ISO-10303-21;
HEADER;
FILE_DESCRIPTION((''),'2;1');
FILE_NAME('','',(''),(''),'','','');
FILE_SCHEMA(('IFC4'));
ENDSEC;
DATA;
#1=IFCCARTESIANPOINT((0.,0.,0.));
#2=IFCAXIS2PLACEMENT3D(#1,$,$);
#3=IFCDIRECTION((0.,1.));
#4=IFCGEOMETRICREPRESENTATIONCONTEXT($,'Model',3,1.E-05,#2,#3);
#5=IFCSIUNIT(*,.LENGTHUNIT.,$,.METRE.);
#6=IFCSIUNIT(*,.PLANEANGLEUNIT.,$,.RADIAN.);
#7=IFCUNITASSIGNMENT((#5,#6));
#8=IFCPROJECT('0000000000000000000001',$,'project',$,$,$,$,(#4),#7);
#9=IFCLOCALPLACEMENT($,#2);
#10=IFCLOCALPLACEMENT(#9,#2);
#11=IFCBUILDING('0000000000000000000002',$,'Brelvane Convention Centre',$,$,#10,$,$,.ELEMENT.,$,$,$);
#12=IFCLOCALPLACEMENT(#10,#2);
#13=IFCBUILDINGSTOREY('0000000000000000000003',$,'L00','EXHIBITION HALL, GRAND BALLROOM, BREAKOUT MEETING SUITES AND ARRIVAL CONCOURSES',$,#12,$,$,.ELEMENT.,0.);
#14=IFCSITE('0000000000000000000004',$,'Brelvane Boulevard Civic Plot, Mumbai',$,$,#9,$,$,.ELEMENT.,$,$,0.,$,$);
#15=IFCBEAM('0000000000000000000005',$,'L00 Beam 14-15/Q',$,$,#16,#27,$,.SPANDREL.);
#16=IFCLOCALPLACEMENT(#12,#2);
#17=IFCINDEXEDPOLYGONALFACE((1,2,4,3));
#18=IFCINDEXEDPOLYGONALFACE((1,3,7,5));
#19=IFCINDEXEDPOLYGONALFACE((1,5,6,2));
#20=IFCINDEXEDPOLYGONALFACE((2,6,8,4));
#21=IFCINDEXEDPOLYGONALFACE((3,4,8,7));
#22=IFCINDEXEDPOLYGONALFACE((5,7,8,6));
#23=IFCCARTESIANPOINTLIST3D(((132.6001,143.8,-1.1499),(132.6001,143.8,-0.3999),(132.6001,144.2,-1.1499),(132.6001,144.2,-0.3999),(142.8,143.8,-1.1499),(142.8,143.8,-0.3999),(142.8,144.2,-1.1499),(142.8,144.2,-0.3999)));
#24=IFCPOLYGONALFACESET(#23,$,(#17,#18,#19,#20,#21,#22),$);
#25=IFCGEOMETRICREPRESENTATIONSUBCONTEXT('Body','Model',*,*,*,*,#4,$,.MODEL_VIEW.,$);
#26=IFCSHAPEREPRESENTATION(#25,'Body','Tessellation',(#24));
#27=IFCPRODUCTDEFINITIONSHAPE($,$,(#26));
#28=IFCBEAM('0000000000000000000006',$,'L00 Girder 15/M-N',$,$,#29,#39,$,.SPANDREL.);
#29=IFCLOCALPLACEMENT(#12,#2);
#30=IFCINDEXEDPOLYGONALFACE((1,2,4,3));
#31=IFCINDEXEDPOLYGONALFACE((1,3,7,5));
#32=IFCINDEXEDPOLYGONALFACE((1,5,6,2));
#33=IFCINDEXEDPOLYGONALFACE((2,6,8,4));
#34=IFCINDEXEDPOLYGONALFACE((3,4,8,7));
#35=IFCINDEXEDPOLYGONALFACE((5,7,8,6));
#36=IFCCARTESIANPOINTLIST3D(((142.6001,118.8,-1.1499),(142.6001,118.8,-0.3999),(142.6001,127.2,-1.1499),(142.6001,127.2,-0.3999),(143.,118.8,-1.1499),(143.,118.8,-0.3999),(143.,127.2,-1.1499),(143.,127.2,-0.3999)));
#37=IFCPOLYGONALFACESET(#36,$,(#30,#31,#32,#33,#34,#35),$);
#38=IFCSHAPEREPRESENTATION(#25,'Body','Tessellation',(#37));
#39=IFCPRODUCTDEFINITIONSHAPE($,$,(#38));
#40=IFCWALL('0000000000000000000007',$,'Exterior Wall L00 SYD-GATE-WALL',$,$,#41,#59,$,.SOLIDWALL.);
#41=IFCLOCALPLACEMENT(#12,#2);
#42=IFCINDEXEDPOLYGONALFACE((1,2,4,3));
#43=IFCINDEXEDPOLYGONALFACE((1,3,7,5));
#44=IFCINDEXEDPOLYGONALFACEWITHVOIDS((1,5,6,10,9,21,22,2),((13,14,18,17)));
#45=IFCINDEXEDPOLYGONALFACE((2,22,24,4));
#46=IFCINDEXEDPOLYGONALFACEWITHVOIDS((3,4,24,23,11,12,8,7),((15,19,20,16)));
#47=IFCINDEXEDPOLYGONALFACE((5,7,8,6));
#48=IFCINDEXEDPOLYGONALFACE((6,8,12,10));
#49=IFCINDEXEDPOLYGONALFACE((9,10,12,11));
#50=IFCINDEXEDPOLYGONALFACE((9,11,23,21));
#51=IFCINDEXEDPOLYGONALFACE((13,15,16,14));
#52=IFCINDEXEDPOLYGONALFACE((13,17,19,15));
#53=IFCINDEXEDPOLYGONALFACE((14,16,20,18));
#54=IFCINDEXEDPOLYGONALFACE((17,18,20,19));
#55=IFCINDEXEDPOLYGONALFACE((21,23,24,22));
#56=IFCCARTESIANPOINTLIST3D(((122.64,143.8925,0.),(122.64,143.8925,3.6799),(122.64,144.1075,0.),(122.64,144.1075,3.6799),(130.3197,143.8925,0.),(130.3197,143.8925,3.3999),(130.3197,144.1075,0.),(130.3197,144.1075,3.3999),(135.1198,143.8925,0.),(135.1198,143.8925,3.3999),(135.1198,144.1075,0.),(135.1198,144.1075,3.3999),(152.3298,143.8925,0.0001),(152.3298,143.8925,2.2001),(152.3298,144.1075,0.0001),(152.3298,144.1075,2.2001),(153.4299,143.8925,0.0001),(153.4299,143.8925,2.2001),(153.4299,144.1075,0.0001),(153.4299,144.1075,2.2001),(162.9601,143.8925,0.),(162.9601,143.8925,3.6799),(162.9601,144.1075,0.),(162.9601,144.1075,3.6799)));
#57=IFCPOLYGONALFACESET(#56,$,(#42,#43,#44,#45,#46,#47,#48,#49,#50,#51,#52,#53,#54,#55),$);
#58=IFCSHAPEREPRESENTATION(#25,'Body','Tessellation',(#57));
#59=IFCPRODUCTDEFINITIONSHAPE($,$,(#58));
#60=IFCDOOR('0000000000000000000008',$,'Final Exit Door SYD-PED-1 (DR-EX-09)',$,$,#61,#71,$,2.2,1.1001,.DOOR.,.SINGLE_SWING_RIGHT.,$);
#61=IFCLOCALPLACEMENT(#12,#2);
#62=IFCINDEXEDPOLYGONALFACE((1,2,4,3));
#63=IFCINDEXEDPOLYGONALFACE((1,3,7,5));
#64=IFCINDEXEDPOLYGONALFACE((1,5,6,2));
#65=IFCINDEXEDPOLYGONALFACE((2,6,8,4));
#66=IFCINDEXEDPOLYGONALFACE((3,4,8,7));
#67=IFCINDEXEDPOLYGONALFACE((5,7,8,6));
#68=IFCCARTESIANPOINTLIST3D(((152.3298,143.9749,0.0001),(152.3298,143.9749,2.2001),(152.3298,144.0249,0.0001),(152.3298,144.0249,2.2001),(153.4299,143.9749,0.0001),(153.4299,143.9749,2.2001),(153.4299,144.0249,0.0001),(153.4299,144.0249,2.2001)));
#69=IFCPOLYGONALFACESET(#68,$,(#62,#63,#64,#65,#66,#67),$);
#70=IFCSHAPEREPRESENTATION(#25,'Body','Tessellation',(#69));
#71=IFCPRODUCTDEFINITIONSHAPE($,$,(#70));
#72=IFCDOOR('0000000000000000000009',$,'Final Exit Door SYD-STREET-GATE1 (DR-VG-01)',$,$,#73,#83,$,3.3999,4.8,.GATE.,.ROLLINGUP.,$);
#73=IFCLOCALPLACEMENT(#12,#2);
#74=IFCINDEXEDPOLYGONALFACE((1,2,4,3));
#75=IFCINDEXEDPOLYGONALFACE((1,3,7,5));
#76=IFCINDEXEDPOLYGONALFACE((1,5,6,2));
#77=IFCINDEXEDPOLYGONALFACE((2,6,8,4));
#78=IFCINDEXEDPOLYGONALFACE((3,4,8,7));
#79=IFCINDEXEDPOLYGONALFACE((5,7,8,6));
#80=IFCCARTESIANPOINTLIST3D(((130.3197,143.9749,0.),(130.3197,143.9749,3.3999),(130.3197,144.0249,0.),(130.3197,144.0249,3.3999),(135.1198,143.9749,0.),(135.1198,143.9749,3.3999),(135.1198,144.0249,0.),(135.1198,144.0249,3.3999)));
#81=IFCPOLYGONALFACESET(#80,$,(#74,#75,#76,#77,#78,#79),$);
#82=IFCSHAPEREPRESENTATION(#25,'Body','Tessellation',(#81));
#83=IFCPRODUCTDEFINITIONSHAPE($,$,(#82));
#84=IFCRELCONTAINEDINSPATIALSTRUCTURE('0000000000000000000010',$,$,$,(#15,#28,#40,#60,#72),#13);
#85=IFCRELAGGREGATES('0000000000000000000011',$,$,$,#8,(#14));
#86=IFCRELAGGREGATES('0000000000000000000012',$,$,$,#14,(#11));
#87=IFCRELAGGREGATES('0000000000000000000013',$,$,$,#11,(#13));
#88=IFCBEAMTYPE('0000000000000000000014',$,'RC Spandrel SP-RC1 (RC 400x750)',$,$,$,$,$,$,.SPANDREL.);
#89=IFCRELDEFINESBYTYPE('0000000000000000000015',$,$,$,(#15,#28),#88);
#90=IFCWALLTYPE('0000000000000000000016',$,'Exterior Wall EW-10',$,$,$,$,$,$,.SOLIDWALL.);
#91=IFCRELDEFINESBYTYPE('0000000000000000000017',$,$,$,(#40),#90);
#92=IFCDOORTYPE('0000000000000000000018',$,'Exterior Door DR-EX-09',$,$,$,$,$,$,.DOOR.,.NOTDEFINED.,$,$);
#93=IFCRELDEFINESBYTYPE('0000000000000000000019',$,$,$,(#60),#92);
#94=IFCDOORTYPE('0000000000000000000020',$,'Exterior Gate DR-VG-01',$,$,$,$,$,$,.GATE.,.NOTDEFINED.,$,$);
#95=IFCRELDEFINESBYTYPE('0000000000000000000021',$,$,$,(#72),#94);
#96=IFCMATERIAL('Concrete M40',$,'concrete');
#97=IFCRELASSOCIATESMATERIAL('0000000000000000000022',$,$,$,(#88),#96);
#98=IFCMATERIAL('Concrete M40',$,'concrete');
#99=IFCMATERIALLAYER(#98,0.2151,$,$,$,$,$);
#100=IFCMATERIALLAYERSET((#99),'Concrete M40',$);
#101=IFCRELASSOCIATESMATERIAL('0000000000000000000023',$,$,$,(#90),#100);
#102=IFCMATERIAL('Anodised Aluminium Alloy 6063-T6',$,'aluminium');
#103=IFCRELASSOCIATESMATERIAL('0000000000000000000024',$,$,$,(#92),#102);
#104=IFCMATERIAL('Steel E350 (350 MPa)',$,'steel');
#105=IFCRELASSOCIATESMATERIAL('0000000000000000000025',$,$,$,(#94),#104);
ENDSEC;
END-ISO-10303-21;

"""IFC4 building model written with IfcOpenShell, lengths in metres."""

from ifc_helpers import new_model, si_unit, direction, frame, frame_2d, origin, origin_2d, place, context, subcontext, project, spatial, rectangle, extrude, material, layer, layer_set, material_profile, profile_set, type_object, element, fill, save


model = new_model("IFC4")

# Units and contexts
model_context = context("Model", 3, precision=1e-05, world=origin(), true_north=direction((0.0, 1.0)))
body_context = subcontext(model_context, "Body", "Model", "MODEL_VIEW")
ifc_project = project(units=[si_unit("LENGTHUNIT", "METRE"), si_unit("PLANEANGLEUNIT", "RADIAN")], contexts=[model_context])

# Site, building, storey
site_placement = place(None, origin())
site = spatial("IfcSite", under=ifc_project, at=site_placement, Name="Brelvane Boulevard Civic Plot, Mumbai", CompositionType="ELEMENT", RefElevation=0.0)
building_placement = place(site_placement, origin())
building = spatial("IfcBuilding", under=site, at=building_placement, Name="Brelvane Convention Centre", CompositionType="ELEMENT")
storey_placement = place(building_placement, origin())
storey = spatial("IfcBuildingStorey", under=building, at=storey_placement, Name="L00", Description="EXHIBITION HALL, GRAND BALLROOM, BREAKOUT MEETING SUITES AND ARRIVAL CONCOURSES", CompositionType="ELEMENT", Elevation=0.0)

# Beams
ifc_material_1 = material(Name="Concrete M40", Category="concrete")
ifc_material_profile_1 = material_profile(ifc_material_1, rectangle(XDim=0.3999, YDim=0.75, at=origin_2d()), Name="RC 400x750")
ifc_profile_set_1 = profile_set([ifc_material_profile_1], Name="Concrete M40")
beam_type_1 = type_object("IfcBeamType", Name="RC Spandrel SP-RC1 (RC 400x750)", PredefinedType="SPANDREL", material=ifc_profile_set_1)
beam_1_placement = place(storey_placement, frame((132.6001, 144.0, -0.7749), z_axis=(1.0, 0.0, 0.0), x_axis=(0.0, 1.0, 0.0)))
element("IfcBeam", 1, at=beam_1_placement, inside=storey, type_object=beam_type_1, Name="L00 Beam 14-15/Q", PredefinedType="SPANDREL", context=body_context, shape_type="SweptSolid", body=[
    extrude(rectangle(XDim=0.3999, YDim=0.75, at=origin_2d()), origin(), (0.0, 0.0, 1.0), 10.2),
])
beam_2_placement = place(storey_placement, frame((142.8, 118.8, -0.7749), z_axis=(0.0, 1.0, 0.0), x_axis=(-1.0, 0.0, 0.0)))
element("IfcBeam", 2, at=beam_2_placement, inside=storey, type_object=beam_type_1, Name="L00 Girder 15/M-N", PredefinedType="SPANDREL", context=body_context, shape_type="SweptSolid", body=[
    extrude(rectangle(XDim=0.3999, YDim=0.75, at=origin_2d()), origin(), (0.0, 0.0, 1.0), 8.3999),
])

# Wall, openings, doors
ifc_material_2 = material(Name="Concrete M40", Category="concrete")
ifc_layer = layer(ifc_material_2, 0.2151)
ifc_layer_set = layer_set([ifc_layer], Name="Concrete M40")
wall_type = type_object("IfcWallType", Name="Exterior Wall EW-10", PredefinedType="SOLIDWALL", material=ifc_layer_set)
wall_placement = place(storey_placement, frame((122.6399, 144.0, 0.0), z_axis=(0.0, 0.0, 1.0), x_axis=(1.0, 0.0, 0.0)))
wall = element("IfcWall", 3, at=wall_placement, inside=storey, type_object=wall_type, Name="Exterior Wall L00 SYD-GATE-WALL", PredefinedType="SOLIDWALL", context=body_context, shape_type="SweptSolid", body=[
    extrude(rectangle(XDim=40.3201, YDim=0.2151, at=frame_2d((20.1602, 0.0))), origin(), (0.0, 0.0, 1.0), 3.6799),
])
opening_1_placement = place(wall_placement, frame((7.6799, 0.0, 0.0)))
opening_1 = element("IfcOpeningElement", 4, at=opening_1_placement, cuts=wall, PredefinedType="OPENING", context=body_context, shape_type="SweptSolid", body=[
    extrude(rectangle(XDim=4.8, YDim=3.3999, at=frame_2d((2.3999, 1.7))), frame((0.0, 0.1174, 0.0), z_axis=(0.0, -1.0, 0.0), x_axis=(1.0, 0.0, 0.0)), (0.0, 0.0, 1.0), 0.2351),
])
opening_2_placement = place(wall_placement, frame((29.6899, 0.0, 0.0)))
opening_2 = element("IfcOpeningElement", 5, at=opening_2_placement, cuts=wall, PredefinedType="OPENING", context=body_context, shape_type="SweptSolid", body=[
    extrude(rectangle(XDim=1.1001, YDim=2.2, at=frame_2d((0.55, 1.1001))), frame((0.0, 0.1174, 0.0), z_axis=(0.0, -1.0, 0.0), x_axis=(1.0, 0.0, 0.0)), (0.0, 0.0, 1.0), 0.2351),
])
ifc_material_3 = material(Name="Anodised Aluminium Alloy 6063-T6", Category="aluminium")
door_type_1 = type_object("IfcDoorType", Name="Exterior Door DR-EX-09", OperationType="NOTDEFINED", PredefinedType="DOOR", material=ifc_material_3)
door_1_placement = place(opening_2_placement, origin())
door_1 = element("IfcDoor", 6, at=door_1_placement, inside=storey, type_object=door_type_1, Name="Final Exit Door SYD-PED-1 (DR-EX-09)", OperationType="SINGLE_SWING_RIGHT", OverallHeight=2.2, OverallWidth=1.1001, PredefinedType="DOOR", context=body_context, shape_type="SweptSolid", body=[
    extrude(rectangle(XDim=1.1001, YDim=2.2, at=frame_2d((0.55, 1.1001))), frame((0.0, 0.0249, 0.0), z_axis=(0.0, -1.0, 0.0), x_axis=(1.0, 0.0, 0.0)), (0.0, 0.0, 1.0), 0.05),
])
fill(opening_2, door_1)
ifc_material_4 = material(Name="Steel E350 (350 MPa)", Category="steel")
door_type_2 = type_object("IfcDoorType", Name="Exterior Gate DR-VG-01", OperationType="NOTDEFINED", PredefinedType="GATE", material=ifc_material_4)
door_2_placement = place(opening_1_placement, origin())
door_2 = element("IfcDoor", 7, at=door_2_placement, inside=storey, type_object=door_type_2, Name="Final Exit Door SYD-STREET-GATE1 (DR-VG-01)", OperationType="ROLLINGUP", OverallHeight=3.3999, OverallWidth=4.8, PredefinedType="GATE", context=body_context, shape_type="SweptSolid", body=[
    extrude(rectangle(XDim=4.8, YDim=3.3999, at=frame_2d((2.3999, 1.7))), frame((0.0, 0.0249, 0.0), z_axis=(0.0, -1.0, 0.0), x_axis=(1.0, 0.0, 0.0)), (0.0, 0.0, 1.0), 0.05),
])
fill(opening_1, door_2)

save(model, "model.ifc")
